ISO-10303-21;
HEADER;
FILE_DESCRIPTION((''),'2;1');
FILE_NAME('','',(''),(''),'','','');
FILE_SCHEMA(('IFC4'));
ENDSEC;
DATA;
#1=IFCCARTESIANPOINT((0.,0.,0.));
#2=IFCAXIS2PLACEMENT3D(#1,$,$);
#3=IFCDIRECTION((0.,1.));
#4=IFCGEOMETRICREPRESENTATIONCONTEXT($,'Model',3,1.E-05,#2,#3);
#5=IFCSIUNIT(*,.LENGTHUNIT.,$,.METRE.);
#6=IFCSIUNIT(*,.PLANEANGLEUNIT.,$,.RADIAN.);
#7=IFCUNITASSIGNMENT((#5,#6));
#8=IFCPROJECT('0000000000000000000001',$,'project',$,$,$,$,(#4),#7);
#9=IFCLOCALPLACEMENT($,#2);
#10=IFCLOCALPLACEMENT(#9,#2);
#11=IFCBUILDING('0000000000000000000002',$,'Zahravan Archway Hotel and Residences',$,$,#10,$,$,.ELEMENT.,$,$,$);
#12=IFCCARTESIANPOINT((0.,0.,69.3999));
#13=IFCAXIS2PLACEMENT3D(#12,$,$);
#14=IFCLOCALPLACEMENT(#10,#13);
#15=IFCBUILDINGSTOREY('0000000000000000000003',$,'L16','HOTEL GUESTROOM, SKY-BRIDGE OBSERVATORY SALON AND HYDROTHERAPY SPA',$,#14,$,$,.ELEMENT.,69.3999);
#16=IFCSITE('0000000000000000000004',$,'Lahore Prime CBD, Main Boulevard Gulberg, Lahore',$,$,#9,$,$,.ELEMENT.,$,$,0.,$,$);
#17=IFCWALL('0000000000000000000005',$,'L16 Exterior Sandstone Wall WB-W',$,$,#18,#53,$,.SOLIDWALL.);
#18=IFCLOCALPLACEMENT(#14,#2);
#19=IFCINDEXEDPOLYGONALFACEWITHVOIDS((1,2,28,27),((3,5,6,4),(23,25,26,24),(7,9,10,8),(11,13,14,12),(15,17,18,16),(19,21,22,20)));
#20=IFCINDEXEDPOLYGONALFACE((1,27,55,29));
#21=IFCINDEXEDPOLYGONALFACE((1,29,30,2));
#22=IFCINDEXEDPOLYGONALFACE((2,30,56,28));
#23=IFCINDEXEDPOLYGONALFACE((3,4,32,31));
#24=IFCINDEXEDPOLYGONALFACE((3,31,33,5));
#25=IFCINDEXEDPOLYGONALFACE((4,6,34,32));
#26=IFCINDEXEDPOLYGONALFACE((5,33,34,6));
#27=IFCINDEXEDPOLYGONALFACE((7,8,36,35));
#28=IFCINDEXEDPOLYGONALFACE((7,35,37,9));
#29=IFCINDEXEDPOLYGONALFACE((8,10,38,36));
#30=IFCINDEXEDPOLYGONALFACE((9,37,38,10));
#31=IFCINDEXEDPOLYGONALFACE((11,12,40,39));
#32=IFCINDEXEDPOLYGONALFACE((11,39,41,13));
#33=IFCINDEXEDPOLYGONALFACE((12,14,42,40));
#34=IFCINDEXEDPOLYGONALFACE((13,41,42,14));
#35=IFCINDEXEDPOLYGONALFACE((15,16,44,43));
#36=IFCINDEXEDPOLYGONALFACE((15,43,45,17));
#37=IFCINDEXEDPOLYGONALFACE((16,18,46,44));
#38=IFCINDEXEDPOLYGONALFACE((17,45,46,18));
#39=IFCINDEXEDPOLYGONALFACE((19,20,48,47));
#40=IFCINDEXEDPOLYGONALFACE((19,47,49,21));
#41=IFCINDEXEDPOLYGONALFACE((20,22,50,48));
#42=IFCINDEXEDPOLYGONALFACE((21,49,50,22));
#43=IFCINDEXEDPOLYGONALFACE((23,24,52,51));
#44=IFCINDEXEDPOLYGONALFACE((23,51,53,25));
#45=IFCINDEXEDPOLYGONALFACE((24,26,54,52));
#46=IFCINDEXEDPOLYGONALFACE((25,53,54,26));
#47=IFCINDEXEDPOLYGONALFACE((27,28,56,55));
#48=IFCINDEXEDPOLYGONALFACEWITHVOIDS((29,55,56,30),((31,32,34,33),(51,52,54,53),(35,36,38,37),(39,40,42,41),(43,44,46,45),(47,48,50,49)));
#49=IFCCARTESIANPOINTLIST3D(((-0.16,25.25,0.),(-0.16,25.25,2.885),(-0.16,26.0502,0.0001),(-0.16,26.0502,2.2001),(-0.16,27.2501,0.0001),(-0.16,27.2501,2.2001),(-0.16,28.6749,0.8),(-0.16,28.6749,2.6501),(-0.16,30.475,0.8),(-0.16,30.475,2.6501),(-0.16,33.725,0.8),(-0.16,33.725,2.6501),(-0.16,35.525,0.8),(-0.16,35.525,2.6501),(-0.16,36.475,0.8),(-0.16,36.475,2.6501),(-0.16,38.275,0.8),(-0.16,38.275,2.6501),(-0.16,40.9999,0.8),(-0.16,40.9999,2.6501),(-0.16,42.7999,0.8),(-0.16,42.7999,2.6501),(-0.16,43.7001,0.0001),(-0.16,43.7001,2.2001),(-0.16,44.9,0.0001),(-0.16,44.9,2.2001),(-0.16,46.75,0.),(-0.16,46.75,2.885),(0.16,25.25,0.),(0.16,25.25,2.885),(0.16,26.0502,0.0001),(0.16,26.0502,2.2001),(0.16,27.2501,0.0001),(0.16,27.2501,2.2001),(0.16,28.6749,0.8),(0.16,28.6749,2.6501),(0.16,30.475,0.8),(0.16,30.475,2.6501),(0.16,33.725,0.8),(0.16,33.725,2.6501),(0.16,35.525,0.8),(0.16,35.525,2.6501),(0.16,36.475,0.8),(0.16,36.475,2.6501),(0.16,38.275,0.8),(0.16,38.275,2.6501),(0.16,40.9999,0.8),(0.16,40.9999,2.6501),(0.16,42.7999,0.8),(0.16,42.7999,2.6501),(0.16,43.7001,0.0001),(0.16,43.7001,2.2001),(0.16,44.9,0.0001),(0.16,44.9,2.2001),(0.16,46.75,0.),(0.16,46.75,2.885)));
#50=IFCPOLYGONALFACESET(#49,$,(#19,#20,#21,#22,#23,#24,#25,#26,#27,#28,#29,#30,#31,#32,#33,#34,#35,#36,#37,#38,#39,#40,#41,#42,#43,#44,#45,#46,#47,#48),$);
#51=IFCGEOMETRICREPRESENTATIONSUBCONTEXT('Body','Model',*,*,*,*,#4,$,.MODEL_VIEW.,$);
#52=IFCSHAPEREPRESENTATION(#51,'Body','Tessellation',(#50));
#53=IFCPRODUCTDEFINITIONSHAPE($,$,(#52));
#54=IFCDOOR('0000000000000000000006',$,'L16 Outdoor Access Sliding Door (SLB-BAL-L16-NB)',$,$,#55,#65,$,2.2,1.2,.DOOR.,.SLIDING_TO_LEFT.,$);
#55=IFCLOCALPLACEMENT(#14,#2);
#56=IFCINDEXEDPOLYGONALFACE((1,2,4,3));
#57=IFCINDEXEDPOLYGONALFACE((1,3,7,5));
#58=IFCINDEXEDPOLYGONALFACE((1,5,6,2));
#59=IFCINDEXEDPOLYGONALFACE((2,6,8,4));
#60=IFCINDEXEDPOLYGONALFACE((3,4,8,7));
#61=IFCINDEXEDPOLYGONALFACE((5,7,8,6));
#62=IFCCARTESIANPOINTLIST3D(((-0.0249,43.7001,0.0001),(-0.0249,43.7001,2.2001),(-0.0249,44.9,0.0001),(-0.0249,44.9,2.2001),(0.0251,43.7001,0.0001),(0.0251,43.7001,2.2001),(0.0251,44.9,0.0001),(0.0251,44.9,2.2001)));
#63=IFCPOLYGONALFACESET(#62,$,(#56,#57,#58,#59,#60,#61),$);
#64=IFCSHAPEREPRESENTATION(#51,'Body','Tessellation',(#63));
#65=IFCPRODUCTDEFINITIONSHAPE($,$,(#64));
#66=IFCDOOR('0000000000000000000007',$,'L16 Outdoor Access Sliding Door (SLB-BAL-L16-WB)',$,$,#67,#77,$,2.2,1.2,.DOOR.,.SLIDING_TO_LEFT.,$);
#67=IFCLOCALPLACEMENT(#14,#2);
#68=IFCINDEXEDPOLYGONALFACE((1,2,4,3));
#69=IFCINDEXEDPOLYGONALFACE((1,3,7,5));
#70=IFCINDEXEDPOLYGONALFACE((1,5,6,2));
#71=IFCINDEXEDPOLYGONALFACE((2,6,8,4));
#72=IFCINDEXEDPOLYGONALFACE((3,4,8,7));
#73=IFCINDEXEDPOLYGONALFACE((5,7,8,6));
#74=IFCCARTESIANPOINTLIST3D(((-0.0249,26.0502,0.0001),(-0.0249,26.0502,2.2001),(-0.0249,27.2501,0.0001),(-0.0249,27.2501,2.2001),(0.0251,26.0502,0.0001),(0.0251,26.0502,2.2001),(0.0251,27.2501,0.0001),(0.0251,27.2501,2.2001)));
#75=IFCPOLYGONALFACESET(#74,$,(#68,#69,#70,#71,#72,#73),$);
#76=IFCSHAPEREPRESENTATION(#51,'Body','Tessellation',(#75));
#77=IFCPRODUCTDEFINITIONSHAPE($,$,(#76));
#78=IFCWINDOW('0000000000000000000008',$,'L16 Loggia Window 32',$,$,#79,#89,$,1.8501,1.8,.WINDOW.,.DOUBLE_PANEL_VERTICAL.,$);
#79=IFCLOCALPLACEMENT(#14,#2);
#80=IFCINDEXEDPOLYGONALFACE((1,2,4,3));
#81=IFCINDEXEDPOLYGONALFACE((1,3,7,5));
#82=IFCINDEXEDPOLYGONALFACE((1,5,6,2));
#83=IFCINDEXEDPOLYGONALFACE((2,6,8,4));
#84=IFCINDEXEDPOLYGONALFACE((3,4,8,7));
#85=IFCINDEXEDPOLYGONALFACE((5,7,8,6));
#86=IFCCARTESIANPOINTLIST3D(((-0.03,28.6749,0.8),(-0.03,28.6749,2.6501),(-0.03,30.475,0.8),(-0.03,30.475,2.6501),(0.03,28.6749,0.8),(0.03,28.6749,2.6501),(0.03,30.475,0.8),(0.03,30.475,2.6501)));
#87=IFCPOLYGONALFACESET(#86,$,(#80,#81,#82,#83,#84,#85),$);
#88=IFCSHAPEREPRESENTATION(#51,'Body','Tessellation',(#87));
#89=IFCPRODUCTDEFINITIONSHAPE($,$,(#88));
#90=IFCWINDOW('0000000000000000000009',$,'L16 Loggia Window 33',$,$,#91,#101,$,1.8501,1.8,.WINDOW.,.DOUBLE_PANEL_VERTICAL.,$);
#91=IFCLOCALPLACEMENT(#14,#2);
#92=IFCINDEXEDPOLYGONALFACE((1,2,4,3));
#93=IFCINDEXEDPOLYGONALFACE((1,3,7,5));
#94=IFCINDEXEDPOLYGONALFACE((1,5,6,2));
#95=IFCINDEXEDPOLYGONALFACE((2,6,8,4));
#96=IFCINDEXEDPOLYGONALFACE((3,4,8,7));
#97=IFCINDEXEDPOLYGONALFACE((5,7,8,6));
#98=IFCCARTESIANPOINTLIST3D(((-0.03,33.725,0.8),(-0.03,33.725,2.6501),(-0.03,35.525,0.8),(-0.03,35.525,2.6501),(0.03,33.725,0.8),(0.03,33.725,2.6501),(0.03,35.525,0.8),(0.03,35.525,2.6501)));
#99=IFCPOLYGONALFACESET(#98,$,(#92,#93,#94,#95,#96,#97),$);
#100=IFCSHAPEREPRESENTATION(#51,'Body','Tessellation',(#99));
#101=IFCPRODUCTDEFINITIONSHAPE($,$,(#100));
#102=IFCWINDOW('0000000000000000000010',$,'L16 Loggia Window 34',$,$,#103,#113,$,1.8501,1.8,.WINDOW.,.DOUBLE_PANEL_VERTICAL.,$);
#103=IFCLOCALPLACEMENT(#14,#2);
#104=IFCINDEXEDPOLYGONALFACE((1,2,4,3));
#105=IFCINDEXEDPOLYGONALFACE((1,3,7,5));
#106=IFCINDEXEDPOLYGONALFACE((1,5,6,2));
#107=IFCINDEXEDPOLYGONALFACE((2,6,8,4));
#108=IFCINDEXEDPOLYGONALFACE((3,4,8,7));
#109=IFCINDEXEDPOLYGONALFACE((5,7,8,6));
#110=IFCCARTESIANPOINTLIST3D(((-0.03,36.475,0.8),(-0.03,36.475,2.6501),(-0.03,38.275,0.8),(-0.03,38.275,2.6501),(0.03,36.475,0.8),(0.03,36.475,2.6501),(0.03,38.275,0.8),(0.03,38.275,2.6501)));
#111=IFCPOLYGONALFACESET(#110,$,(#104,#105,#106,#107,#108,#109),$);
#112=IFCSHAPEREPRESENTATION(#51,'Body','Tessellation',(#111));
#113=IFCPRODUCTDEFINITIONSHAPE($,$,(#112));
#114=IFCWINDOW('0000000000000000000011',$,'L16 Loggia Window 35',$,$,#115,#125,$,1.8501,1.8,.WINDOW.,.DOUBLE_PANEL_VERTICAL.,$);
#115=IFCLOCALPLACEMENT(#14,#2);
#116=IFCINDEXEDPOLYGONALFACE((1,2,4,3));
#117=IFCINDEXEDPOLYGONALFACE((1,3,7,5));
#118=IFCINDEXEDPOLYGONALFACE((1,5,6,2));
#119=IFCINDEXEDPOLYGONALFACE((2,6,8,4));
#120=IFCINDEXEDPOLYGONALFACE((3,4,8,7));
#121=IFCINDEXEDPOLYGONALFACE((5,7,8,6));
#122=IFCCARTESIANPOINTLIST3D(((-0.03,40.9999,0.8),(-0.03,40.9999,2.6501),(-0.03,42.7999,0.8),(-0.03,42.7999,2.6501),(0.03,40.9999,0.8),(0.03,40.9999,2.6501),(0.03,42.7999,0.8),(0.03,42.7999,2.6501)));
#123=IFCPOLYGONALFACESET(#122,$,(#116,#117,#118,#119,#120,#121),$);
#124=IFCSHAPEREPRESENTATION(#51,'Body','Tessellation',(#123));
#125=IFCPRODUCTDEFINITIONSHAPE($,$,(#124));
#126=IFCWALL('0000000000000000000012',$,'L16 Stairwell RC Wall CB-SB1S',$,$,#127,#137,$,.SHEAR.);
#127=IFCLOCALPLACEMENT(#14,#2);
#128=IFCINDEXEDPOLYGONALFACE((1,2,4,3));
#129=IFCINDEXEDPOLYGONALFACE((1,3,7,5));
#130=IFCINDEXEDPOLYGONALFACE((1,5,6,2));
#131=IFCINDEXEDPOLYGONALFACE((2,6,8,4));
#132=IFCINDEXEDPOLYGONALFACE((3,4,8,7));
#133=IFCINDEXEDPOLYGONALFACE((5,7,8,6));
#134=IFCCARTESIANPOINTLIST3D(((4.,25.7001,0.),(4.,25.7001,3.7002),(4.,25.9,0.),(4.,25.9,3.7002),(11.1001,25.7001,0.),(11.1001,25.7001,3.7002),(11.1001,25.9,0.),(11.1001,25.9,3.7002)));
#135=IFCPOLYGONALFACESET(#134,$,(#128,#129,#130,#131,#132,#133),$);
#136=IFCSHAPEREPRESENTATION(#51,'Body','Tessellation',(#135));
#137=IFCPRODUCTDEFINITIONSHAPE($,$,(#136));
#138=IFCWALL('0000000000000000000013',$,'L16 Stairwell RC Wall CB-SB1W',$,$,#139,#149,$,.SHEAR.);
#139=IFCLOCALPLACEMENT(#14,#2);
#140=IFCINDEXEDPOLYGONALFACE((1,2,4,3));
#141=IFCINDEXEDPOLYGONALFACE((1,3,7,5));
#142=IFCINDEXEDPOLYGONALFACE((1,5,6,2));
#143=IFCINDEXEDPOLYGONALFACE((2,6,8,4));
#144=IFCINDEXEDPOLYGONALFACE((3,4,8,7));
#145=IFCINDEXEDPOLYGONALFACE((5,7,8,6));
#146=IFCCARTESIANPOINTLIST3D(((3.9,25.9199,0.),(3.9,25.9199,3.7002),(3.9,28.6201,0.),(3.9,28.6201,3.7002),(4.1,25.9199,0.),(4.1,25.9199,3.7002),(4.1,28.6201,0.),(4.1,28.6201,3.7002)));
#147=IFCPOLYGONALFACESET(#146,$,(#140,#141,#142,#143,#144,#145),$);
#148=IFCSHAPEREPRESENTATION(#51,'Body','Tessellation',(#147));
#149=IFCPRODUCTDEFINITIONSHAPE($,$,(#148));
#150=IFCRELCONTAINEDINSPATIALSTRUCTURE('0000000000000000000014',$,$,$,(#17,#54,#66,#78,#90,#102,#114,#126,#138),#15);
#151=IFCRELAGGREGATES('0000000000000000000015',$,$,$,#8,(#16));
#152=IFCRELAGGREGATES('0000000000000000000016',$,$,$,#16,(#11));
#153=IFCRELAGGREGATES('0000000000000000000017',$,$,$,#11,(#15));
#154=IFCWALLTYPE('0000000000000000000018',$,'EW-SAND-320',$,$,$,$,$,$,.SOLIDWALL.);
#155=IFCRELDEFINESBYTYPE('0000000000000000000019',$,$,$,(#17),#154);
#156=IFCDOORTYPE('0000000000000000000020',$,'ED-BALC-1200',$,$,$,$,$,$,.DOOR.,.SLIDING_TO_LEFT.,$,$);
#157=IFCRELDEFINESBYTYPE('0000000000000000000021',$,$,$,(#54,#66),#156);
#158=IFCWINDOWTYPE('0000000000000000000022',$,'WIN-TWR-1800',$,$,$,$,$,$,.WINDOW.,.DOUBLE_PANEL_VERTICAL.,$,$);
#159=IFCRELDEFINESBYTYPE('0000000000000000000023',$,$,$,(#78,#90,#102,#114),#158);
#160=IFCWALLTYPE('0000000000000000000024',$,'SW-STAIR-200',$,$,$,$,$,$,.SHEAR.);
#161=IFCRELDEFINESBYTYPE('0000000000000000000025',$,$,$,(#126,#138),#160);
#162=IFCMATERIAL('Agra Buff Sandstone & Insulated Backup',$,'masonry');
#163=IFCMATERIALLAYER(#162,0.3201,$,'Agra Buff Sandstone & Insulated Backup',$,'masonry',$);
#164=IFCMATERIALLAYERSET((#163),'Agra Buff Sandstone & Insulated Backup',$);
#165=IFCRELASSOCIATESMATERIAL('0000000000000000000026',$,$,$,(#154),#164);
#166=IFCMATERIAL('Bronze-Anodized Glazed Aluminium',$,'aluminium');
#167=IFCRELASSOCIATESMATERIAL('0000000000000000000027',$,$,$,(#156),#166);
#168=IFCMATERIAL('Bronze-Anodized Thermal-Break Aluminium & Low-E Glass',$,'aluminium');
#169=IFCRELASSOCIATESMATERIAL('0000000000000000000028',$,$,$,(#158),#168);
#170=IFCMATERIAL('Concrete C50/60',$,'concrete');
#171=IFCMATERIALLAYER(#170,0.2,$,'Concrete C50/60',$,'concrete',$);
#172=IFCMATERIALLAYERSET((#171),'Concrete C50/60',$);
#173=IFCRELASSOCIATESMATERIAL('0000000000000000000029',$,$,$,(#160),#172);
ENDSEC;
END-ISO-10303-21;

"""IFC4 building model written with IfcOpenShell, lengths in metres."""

from ifc_helpers import new_model, si_unit, direction, frame, frame_2d, origin, place, context, subcontext, project, spatial, rectangle, extrude, source, transform, mapped, material, layer, layer_set, type_object, type_shapes, element, fill, save


model = new_model("IFC4")

# Units and contexts
model_context = context("Model", 3, precision=1e-05, world=origin(), true_north=direction((0.0, 1.0)))
body_context = subcontext(model_context, "Body", "Model", "MODEL_VIEW")
ifc_project = project(units=[si_unit("LENGTHUNIT", "METRE"), si_unit("PLANEANGLEUNIT", "RADIAN")], contexts=[model_context])

# Site, building, storey
site_placement = place(None, origin())
site = spatial("IfcSite", under=ifc_project, at=site_placement, Name="Lahore Prime CBD, Main Boulevard Gulberg, Lahore", CompositionType="ELEMENT", RefElevation=0.0)
building_placement = place(site_placement, origin())
building = spatial("IfcBuilding", under=site, at=building_placement, Name="Zahravan Archway Hotel and Residences", CompositionType="ELEMENT")
storey_placement = place(building_placement, frame((0.0, 0.0, 69.3999)))
storey = spatial("IfcBuildingStorey", under=building, at=storey_placement, Name="L16", Description="HOTEL GUESTROOM, SKY-BRIDGE OBSERVATORY SALON AND HYDROTHERAPY SPA", CompositionType="ELEMENT", Elevation=69.3999)

# Shared definitions
ifc_material_1 = material(Name="Agra Buff Sandstone & Insulated Backup", Category="masonry")
ifc_layer_1 = layer(ifc_material_1, 0.3201, Name="Agra Buff Sandstone & Insulated Backup", Category="masonry")
ifc_layer_set_1 = layer_set([ifc_layer_1], Name="Agra Buff Sandstone & Insulated Backup")
wall_type_1 = type_object("IfcWallType", Name="EW-SAND-320", PredefinedType="SOLIDWALL", material=ifc_layer_set_1)
ifc_material_2 = material(Name="Bronze-Anodized Thermal-Break Aluminium & Low-E Glass", Category="aluminium")

# Wall, openings, doors, windows
wall_1_placement = place(storey_placement, frame((0.0, 25.25, 0.0), z_axis=(0.0, 0.0, 1.0), x_axis=(0.0, 1.0, 0.0)))
wall_1 = element("IfcWall", 1, at=wall_1_placement, inside=storey, type_object=wall_type_1, Name="L16 Exterior Sandstone Wall WB-W", PredefinedType="SOLIDWALL", context=body_context, shape_type="SweptSolid", body=[
    extrude(rectangle(XDim=21.5, YDim=0.3201, at=frame_2d((10.75, 0.0))), origin(), (0.0, 0.0, 1.0), 2.885),
])
opening_1_placement = place(wall_1_placement, frame((18.45, 0.0, 0.0)))
opening_1 = element("IfcOpeningElement", 2, at=opening_1_placement, cuts=wall_1, PredefinedType="OPENING", context=body_context, shape_type="SweptSolid", body=[
    extrude(rectangle(XDim=1.2, YDim=2.2, at=frame_2d((0.6001, 1.1001))), frame((0.0, 0.1699, 0.0), z_axis=(0.0, -1.0, 0.0), x_axis=(1.0, 0.0, 0.0)), (0.0, 0.0, 1.0), 0.3401),
])
opening_2_placement = place(wall_1_placement, frame((0.8, 0.0, 0.0)))
opening_2 = element("IfcOpeningElement", 3, at=opening_2_placement, cuts=wall_1, PredefinedType="OPENING", context=body_context, shape_type="SweptSolid", body=[
    extrude(rectangle(XDim=1.2, YDim=2.2, at=frame_2d((0.6001, 1.1001))), frame((0.0, 0.1699, 0.0), z_axis=(0.0, -1.0, 0.0), x_axis=(1.0, 0.0, 0.0)), (0.0, 0.0, 1.0), 0.3401),
])
opening_3_placement = place(wall_1_placement, frame((3.425, 0.0, 0.8)))
opening_3 = element("IfcOpeningElement", 4, at=opening_3_placement, cuts=wall_1, PredefinedType="OPENING", context=body_context, shape_type="SweptSolid", body=[
    extrude(rectangle(XDim=1.8, YDim=1.8501, at=frame_2d((0.8999, 0.925))), frame((0.0, 0.1699, 0.0), z_axis=(0.0, -1.0, 0.0), x_axis=(1.0, 0.0, 0.0)), (0.0, 0.0, 1.0), 0.3401),
])
opening_4_placement = place(wall_1_placement, frame((8.4751, 0.0, 0.8)))
opening_4 = element("IfcOpeningElement", 5, at=opening_4_placement, cuts=wall_1, PredefinedType="OPENING", context=body_context, shape_type="SweptSolid", body=[
    extrude(rectangle(XDim=1.8, YDim=1.8501, at=frame_2d((0.8999, 0.925))), frame((0.0, 0.1699, 0.0), z_axis=(0.0, -1.0, 0.0), x_axis=(1.0, 0.0, 0.0)), (0.0, 0.0, 1.0), 0.3401),
])
opening_5_placement = place(wall_1_placement, frame((11.2251, 0.0, 0.8)))
opening_5 = element("IfcOpeningElement", 6, at=opening_5_placement, cuts=wall_1, PredefinedType="OPENING", context=body_context, shape_type="SweptSolid", body=[
    extrude(rectangle(XDim=1.8, YDim=1.8501, at=frame_2d((0.8999, 0.925))), frame((0.0, 0.1699, 0.0), z_axis=(0.0, -1.0, 0.0), x_axis=(1.0, 0.0, 0.0)), (0.0, 0.0, 1.0), 0.3401),
])
opening_6_placement = place(wall_1_placement, frame((15.75, 0.0, 0.8)))
opening_6 = element("IfcOpeningElement", 7, at=opening_6_placement, cuts=wall_1, PredefinedType="OPENING", context=body_context, shape_type="SweptSolid", body=[
    extrude(rectangle(XDim=1.8, YDim=1.8501, at=frame_2d((0.8999, 0.925))), frame((0.0, 0.1699, 0.0), z_axis=(0.0, -1.0, 0.0), x_axis=(1.0, 0.0, 0.0)), (0.0, 0.0, 1.0), 0.3401),
])
ifc_material_3 = material(Name="Bronze-Anodized Glazed Aluminium", Category="aluminium")
door_type_1 = type_object("IfcDoorType", Name="ED-BALC-1200", OperationType="SLIDING_TO_LEFT", PredefinedType="DOOR", material=ifc_material_3)
shared_shape_1 = source(origin(), body_context, "Body", "SweptSolid", [
    extrude(rectangle(XDim=1.2, YDim=2.2, at=frame_2d((0.6001, 1.1001))), frame((0.0, 0.0249, 0.0), z_axis=(0.0, -1.0, 0.0), x_axis=(1.0, 0.0, 0.0)), (0.0, 0.0, 1.0), 0.05),
])
type_shapes(door_type_1, [shared_shape_1])
door_1_placement = place(opening_1_placement, origin())
door_1 = element("IfcDoor", 8, at=door_1_placement, inside=storey, type_object=door_type_1, Name="L16 Outdoor Access Sliding Door (SLB-BAL-L16-NB)", OperationType="SLIDING_TO_LEFT", OverallHeight=2.2, OverallWidth=1.2, PredefinedType="DOOR", context=body_context, shape_type="MappedRepresentation", body=[
    mapped(shared_shape_1, transform((0.0, 0.0, 0.0), scale=1.0)),
])
fill(opening_1, door_1)
door_2_placement = place(opening_2_placement, origin())
door_2 = element("IfcDoor", 9, at=door_2_placement, inside=storey, type_object=door_type_1, Name="L16 Outdoor Access Sliding Door (SLB-BAL-L16-WB)", OperationType="SLIDING_TO_LEFT", OverallHeight=2.2, OverallWidth=1.2, PredefinedType="DOOR", context=body_context, shape_type="MappedRepresentation", body=[
    mapped(shared_shape_1, transform((0.0, 0.0, 0.0), scale=1.0)),
])
fill(opening_2, door_2)
window_type_1 = type_object("IfcWindowType", Name="WIN-TWR-1800", PartitioningType="DOUBLE_PANEL_VERTICAL", PredefinedType="WINDOW", material=ifc_material_2)
shared_shape_2 = source(origin(), body_context, "Body", "SweptSolid", [
    extrude(rectangle(XDim=1.8, YDim=1.8501, at=frame_2d((0.8999, 0.925))), frame((0.0, 0.03, 0.0), z_axis=(0.0, -1.0, 0.0), x_axis=(1.0, 0.0, 0.0)), (0.0, 0.0, 1.0), 0.0601),
])
type_shapes(window_type_1, [shared_shape_2])
window_1_placement = place(opening_3_placement, origin())
window_1 = element("IfcWindow", 10, at=window_1_placement, inside=storey, type_object=window_type_1, Name="L16 Loggia Window 32", OverallHeight=1.8501, OverallWidth=1.8, PartitioningType="DOUBLE_PANEL_VERTICAL", PredefinedType="WINDOW", context=body_context, shape_type="MappedRepresentation", body=[
    mapped(shared_shape_2, transform((0.0, 0.0, 0.0), scale=1.0)),
])
fill(opening_3, window_1)
window_2_placement = place(opening_4_placement, origin())
window_2 = element("IfcWindow", 11, at=window_2_placement, inside=storey, type_object=window_type_1, Name="L16 Loggia Window 33", OverallHeight=1.8501, OverallWidth=1.8, PartitioningType="DOUBLE_PANEL_VERTICAL", PredefinedType="WINDOW", context=body_context, shape_type="MappedRepresentation", body=[
    mapped(shared_shape_2, transform((0.0, 0.0, 0.0), scale=1.0)),
])
fill(opening_4, window_2)
window_3_placement = place(opening_5_placement, origin())
window_3 = element("IfcWindow", 12, at=window_3_placement, inside=storey, type_object=window_type_1, Name="L16 Loggia Window 34", OverallHeight=1.8501, OverallWidth=1.8, PartitioningType="DOUBLE_PANEL_VERTICAL", PredefinedType="WINDOW", context=body_context, shape_type="MappedRepresentation", body=[
    mapped(shared_shape_2, transform((0.0, 0.0, 0.0), scale=1.0)),
])
fill(opening_5, window_3)
window_4_placement = place(opening_6_placement, origin())
window_4 = element("IfcWindow", 13, at=window_4_placement, inside=storey, type_object=window_type_1, Name="L16 Loggia Window 35", OverallHeight=1.8501, OverallWidth=1.8, PartitioningType="DOUBLE_PANEL_VERTICAL", PredefinedType="WINDOW", context=body_context, shape_type="MappedRepresentation", body=[
    mapped(shared_shape_2, transform((0.0, 0.0, 0.0), scale=1.0)),
])
fill(opening_6, window_4)

# Walls
ifc_material_4 = material(Name="Concrete C50/60", Category="concrete")
ifc_layer_2 = layer(ifc_material_4, 0.2, Name="Concrete C50/60", Category="concrete")
ifc_layer_set_2 = layer_set([ifc_layer_2], Name="Concrete C50/60")
wall_type_2 = type_object("IfcWallType", Name="SW-STAIR-200", PredefinedType="SHEAR", material=ifc_layer_set_2)
wall_2_placement = place(storey_placement, frame((4.0, 25.8, 0.0), z_axis=(0.0, 0.0, 1.0), x_axis=(1.0, 0.0, 0.0)))
element("IfcWall", 14, at=wall_2_placement, inside=storey, type_object=wall_type_2, Name="L16 Stairwell RC Wall CB-SB1S", PredefinedType="SHEAR", context=body_context, shape_type="SweptSolid", body=[
    extrude(rectangle(XDim=7.1001, YDim=0.2, at=frame_2d((3.55, 0.0))), origin(), (0.0, 0.0, 1.0), 3.7002),
])
wall_3_placement = place(storey_placement, frame((4.0, 25.9199, 0.0), z_axis=(0.0, 0.0, 1.0), x_axis=(0.0, 1.0, 0.0)))
element("IfcWall", 15, at=wall_3_placement, inside=storey, type_object=wall_type_2, Name="L16 Stairwell RC Wall CB-SB1W", PredefinedType="SHEAR", context=body_context, shape_type="SweptSolid", body=[
    extrude(rectangle(XDim=2.7002, YDim=0.2, at=frame_2d((1.3501, 0.0))), origin(), (0.0, 0.0, 1.0), 3.7002),
])

save(model, "model.ifc")
